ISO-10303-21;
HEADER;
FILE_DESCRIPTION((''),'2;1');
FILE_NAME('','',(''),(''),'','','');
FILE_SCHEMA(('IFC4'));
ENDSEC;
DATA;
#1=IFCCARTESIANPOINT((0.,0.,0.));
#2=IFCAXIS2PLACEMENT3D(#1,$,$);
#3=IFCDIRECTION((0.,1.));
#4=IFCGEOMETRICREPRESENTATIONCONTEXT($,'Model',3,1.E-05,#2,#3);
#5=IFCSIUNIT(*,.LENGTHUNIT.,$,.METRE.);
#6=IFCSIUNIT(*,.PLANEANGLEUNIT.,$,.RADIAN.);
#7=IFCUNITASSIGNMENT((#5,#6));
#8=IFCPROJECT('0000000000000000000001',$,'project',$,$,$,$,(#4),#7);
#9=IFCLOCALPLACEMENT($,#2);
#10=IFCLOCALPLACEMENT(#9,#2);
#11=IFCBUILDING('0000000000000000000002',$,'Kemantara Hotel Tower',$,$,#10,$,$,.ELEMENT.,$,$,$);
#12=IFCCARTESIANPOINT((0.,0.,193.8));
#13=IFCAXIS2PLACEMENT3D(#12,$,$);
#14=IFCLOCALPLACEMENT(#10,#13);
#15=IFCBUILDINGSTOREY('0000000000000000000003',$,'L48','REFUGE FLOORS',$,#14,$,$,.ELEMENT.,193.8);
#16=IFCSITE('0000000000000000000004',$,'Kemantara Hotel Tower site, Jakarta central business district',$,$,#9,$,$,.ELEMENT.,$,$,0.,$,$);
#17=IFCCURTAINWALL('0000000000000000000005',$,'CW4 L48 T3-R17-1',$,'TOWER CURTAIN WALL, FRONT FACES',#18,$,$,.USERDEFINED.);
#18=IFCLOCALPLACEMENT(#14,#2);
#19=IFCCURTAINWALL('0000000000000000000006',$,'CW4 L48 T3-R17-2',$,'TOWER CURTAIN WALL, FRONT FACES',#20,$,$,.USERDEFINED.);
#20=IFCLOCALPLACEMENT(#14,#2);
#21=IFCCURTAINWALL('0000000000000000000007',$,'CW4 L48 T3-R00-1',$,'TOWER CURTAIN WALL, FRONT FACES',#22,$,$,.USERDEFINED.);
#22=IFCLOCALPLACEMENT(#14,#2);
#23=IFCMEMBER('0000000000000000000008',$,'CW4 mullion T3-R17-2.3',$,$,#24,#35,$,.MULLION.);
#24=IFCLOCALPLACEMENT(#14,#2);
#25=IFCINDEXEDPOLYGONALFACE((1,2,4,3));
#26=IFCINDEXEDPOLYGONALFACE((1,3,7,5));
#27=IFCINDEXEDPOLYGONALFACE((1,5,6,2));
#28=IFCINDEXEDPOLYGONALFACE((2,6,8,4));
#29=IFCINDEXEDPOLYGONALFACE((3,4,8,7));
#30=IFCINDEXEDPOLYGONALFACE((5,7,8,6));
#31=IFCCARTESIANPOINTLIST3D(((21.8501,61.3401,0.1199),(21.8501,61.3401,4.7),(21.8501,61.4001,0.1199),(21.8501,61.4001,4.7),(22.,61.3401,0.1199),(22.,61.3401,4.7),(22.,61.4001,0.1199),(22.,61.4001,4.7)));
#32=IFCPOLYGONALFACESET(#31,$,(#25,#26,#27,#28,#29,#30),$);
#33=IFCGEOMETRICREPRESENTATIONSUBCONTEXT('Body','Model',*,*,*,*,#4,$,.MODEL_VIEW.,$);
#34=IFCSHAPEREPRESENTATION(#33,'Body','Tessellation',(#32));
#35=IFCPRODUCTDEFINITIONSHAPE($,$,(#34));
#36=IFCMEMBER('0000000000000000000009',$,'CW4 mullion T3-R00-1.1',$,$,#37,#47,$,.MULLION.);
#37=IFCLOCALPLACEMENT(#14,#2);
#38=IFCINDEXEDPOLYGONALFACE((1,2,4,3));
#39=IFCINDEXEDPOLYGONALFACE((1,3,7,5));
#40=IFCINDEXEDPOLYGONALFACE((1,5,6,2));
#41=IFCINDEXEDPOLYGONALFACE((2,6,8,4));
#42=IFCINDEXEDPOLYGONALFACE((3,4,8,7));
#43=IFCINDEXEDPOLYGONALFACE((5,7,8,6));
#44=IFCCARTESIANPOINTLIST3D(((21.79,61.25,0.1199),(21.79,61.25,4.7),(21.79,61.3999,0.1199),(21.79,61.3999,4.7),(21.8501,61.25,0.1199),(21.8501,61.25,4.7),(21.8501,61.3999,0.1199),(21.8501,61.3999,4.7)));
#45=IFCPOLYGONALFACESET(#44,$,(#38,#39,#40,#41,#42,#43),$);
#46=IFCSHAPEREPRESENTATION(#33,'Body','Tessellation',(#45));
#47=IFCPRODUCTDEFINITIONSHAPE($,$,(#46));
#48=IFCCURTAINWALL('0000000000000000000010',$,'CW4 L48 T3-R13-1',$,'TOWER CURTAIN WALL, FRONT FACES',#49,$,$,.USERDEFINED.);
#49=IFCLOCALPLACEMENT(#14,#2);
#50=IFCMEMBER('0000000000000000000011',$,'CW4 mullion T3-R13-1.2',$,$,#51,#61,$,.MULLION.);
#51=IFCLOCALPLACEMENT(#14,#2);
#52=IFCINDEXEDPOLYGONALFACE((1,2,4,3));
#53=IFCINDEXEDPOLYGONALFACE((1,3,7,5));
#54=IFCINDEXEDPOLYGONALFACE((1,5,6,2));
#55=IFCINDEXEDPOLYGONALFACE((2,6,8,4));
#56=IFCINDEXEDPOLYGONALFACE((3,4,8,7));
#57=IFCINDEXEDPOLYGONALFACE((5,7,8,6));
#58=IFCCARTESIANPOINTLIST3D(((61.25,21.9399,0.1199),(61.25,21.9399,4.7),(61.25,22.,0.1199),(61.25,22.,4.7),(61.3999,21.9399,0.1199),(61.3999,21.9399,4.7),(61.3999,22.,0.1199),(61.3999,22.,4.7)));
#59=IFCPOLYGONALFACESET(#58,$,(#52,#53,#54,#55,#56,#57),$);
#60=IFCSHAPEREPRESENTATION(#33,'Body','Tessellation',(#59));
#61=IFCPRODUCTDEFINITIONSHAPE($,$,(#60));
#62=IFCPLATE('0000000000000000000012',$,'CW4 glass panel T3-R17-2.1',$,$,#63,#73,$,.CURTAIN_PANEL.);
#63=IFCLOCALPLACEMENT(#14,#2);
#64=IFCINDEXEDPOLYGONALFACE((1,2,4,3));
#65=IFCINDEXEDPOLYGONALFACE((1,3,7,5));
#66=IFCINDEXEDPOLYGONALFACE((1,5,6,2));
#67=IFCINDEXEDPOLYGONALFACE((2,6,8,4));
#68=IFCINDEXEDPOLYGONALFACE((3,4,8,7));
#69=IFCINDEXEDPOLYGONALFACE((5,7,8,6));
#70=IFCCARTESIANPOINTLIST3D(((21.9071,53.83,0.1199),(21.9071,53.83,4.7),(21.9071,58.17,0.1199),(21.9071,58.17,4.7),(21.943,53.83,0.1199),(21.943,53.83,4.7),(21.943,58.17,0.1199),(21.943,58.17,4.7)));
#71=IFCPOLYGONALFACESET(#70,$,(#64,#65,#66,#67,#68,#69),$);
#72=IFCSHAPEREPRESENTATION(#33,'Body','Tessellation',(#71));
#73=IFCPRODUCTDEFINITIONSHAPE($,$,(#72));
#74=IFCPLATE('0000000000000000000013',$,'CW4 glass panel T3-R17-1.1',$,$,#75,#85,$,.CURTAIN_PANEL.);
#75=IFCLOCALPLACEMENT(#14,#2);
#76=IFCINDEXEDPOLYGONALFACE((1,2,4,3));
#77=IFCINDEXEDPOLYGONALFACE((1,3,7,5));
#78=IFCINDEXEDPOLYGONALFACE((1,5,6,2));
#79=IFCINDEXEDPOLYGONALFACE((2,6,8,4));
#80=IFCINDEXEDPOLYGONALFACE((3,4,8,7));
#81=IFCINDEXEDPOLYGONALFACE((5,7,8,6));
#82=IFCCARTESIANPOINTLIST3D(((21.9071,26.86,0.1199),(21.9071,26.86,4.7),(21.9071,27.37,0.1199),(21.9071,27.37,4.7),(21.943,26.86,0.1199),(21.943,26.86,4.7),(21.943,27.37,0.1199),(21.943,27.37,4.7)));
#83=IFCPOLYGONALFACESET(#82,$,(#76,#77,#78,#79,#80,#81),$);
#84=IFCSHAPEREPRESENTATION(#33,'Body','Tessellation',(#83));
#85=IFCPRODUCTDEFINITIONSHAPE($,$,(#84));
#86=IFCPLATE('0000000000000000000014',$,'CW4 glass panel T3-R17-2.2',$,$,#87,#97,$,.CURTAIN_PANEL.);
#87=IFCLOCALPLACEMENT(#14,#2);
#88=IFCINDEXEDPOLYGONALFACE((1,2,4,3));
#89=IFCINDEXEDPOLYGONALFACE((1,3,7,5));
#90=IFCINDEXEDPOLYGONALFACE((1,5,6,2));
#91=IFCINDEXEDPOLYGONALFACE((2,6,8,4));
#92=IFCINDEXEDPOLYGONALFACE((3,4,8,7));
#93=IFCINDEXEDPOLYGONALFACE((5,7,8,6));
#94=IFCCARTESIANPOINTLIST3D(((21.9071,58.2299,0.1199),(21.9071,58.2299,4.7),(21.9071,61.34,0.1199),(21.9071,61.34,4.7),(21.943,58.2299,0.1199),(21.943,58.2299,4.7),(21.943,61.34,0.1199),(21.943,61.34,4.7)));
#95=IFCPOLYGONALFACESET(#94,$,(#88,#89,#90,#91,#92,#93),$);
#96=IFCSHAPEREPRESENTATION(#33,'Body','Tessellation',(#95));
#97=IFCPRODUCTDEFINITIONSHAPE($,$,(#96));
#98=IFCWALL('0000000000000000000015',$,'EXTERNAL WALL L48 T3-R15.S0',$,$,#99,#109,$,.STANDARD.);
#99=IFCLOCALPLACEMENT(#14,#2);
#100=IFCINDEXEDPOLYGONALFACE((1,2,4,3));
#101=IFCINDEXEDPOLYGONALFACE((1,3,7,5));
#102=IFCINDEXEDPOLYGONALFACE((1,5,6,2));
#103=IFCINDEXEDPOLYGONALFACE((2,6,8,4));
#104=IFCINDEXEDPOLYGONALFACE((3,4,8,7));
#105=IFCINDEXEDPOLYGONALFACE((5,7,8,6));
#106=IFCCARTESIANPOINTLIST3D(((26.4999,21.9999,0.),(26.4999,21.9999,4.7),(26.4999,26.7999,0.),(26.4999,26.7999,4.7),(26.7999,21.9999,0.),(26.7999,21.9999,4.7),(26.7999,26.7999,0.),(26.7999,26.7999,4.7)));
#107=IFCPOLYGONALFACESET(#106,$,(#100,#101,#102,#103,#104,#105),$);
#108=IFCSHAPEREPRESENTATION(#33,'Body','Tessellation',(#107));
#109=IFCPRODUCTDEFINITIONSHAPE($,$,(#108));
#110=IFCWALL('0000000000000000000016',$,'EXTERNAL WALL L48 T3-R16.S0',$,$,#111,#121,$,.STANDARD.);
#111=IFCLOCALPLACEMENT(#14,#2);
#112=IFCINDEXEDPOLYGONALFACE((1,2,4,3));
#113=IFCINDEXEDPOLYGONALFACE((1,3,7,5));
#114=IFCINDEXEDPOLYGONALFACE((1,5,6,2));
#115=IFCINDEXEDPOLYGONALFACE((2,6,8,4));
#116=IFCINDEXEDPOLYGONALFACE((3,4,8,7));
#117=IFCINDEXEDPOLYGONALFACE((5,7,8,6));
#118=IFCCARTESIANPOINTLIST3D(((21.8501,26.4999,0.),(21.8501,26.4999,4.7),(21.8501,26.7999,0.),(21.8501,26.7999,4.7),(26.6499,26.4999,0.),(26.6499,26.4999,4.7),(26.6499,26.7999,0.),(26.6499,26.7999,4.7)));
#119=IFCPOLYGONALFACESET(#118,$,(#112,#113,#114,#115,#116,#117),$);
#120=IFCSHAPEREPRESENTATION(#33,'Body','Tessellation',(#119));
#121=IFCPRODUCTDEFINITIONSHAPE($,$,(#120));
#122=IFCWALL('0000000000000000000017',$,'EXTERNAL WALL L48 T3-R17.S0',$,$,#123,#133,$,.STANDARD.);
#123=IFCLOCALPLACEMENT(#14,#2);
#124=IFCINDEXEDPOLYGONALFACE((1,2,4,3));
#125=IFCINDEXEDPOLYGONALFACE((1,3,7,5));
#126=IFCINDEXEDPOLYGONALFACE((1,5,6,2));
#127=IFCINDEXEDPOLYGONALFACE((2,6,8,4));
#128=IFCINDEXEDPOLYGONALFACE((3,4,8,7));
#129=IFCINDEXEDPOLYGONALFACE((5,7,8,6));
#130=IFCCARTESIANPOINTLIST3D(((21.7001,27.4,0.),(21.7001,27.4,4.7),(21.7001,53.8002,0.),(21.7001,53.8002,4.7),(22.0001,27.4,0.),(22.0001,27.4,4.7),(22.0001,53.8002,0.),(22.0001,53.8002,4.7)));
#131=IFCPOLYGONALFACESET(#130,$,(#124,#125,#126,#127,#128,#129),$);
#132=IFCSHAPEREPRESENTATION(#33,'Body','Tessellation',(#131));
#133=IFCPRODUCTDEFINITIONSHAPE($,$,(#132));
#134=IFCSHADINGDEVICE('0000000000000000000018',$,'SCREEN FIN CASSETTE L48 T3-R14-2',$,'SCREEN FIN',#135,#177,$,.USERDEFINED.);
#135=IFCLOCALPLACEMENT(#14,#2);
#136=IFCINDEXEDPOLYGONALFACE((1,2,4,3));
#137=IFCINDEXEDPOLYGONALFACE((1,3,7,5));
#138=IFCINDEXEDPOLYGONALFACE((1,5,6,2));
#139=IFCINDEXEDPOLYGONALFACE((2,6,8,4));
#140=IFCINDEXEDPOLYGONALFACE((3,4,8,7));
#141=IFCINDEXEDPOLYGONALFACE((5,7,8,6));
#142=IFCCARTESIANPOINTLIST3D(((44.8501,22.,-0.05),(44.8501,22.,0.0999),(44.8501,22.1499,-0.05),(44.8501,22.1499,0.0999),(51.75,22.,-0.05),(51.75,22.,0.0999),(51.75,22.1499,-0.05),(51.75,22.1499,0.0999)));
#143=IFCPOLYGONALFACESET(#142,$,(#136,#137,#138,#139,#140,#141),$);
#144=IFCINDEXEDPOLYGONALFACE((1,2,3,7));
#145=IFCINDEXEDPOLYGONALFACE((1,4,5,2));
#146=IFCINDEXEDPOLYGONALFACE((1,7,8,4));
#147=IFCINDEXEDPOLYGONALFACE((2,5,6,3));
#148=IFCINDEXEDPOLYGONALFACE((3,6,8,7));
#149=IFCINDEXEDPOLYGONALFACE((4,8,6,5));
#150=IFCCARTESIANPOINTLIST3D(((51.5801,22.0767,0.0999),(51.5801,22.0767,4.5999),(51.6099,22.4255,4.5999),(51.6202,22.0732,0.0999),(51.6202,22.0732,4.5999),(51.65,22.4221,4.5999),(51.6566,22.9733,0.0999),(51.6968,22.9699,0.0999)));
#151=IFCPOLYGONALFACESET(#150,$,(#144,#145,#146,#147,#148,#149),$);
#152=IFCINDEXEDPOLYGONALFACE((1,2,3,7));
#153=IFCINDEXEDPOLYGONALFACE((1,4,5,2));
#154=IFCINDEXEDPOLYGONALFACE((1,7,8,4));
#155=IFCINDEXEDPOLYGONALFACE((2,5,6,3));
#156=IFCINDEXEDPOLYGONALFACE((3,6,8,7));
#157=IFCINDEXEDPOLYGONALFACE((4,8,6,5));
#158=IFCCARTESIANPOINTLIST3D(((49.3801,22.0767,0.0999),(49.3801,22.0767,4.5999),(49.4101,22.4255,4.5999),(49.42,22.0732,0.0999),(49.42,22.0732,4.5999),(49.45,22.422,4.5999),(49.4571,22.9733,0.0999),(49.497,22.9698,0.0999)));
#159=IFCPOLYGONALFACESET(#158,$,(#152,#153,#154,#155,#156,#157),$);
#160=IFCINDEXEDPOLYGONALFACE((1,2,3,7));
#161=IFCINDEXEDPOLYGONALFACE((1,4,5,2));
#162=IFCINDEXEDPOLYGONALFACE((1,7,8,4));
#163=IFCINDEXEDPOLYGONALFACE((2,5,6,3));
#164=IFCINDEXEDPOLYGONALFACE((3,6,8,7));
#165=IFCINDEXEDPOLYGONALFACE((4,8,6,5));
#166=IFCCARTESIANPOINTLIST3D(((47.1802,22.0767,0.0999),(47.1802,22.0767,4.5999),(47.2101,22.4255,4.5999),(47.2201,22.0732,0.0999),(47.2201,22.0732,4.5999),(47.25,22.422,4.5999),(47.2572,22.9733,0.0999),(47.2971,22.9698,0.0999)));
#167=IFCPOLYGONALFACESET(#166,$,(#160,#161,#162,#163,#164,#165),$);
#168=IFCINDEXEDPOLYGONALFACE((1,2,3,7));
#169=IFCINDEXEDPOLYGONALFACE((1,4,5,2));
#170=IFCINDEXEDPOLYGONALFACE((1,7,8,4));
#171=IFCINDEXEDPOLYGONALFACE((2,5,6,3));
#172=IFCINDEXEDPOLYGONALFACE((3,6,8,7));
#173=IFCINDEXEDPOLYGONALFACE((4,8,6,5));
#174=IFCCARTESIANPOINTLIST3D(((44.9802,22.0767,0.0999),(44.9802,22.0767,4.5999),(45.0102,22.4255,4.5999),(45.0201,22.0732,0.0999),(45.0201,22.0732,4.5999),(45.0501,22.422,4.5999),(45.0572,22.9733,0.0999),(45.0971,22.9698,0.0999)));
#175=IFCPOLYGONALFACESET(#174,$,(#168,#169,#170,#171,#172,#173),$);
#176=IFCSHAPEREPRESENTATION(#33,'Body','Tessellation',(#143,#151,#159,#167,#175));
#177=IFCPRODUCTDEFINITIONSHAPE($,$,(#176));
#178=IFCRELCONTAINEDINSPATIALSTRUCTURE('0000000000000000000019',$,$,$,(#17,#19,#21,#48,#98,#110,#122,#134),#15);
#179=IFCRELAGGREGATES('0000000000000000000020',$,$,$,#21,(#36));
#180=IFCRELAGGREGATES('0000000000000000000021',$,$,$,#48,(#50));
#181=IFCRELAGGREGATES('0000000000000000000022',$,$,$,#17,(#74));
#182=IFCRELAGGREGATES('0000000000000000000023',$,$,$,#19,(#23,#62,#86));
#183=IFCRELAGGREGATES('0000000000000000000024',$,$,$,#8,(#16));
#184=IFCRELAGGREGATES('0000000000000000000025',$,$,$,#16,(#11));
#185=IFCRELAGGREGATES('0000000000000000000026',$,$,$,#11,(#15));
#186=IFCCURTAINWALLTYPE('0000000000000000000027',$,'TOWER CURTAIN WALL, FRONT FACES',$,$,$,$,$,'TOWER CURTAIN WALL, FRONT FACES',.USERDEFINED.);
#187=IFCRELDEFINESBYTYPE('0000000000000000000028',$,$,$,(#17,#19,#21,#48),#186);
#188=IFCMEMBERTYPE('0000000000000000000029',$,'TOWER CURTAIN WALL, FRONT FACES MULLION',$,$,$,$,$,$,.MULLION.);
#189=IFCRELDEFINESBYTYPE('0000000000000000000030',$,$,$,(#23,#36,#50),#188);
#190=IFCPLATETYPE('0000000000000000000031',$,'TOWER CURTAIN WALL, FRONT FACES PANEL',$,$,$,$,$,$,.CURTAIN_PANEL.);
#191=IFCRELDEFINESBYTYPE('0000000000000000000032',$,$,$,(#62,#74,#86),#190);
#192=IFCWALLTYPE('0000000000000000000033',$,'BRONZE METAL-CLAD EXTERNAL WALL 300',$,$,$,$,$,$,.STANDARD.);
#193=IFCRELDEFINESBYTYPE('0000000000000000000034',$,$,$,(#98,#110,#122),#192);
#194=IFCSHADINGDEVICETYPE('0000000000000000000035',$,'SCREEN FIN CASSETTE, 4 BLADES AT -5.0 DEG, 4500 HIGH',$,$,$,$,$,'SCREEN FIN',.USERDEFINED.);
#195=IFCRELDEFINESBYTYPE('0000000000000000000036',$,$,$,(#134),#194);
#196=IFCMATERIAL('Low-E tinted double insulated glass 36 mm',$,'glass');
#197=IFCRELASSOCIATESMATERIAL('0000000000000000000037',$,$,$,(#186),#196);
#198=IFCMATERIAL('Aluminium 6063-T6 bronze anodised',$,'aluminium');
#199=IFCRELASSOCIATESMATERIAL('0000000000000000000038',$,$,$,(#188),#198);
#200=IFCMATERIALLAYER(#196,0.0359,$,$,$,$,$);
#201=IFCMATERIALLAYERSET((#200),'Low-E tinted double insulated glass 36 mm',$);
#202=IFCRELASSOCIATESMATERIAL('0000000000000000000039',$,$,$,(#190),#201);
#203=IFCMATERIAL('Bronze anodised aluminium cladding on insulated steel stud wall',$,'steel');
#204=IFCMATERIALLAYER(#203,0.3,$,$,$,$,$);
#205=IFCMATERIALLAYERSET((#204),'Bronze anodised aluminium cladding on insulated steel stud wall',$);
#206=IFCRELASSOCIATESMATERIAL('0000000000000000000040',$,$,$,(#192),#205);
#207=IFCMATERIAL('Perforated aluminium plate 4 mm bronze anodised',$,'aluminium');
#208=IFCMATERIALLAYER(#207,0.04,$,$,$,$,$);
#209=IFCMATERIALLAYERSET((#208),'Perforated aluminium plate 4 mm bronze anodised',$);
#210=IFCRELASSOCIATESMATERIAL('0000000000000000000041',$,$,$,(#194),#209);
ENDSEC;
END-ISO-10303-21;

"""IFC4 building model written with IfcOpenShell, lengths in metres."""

from ifc_helpers import new_model, si_unit, direction, frame, frame_2d, origin, origin_2d, place, context, subcontext, project, spatial, polyline, rectangle, outline, extrude, source, transform, mapped, material, layer, layer_set, material_profile, profile_set, type_object, element, aggregate, save


model = new_model("IFC4")

# Units and contexts
model_context = context("Model", 3, precision=1e-05, world=origin(), true_north=direction((0.0, 1.0)))
body_context = subcontext(model_context, "Body", "Model", "MODEL_VIEW")
ifc_project = project(units=[si_unit("LENGTHUNIT", "METRE"), si_unit("PLANEANGLEUNIT", "RADIAN")], contexts=[model_context])

# Site, building, storey
site_placement = place(None, origin())
site = spatial("IfcSite", under=ifc_project, at=site_placement, Name="Kemantara Hotel Tower site, Jakarta central business district", CompositionType="ELEMENT", RefElevation=0.0)
building_placement = place(site_placement, origin())
building = spatial("IfcBuilding", under=site, at=building_placement, Name="Kemantara Hotel Tower", CompositionType="ELEMENT")
storey_placement = place(building_placement, frame((0.0, 0.0, 193.8)))
storey = spatial("IfcBuildingStorey", under=building, at=storey_placement, Name="L48", Description="REFUGE FLOORS", CompositionType="ELEMENT", Elevation=193.8)

# Curtain walls
ifc_material_1 = material(Name="Low-E tinted double insulated glass 36 mm", Category="glass")
curtain_wall_type = type_object("IfcCurtainWallType", Name="TOWER CURTAIN WALL, FRONT FACES", ElementType="TOWER CURTAIN WALL, FRONT FACES", PredefinedType="USERDEFINED", material=ifc_material_1)
ifc_material_2 = material(Name="Aluminium 6063-T6 bronze anodised", Category="aluminium")
curtain_wall_1_placement = place(storey_placement, origin())
curtain_wall_1 = element("IfcCurtainWall", 1, at=curtain_wall_1_placement, inside=storey, type_object=curtain_wall_type, Name="CW4 L48 T3-R17-1", ObjectType="TOWER CURTAIN WALL, FRONT FACES", PredefinedType="USERDEFINED")
curtain_wall_2_placement = place(storey_placement, origin())
curtain_wall_2 = element("IfcCurtainWall", 2, at=curtain_wall_2_placement, inside=storey, type_object=curtain_wall_type, Name="CW4 L48 T3-R17-2", ObjectType="TOWER CURTAIN WALL, FRONT FACES", PredefinedType="USERDEFINED")
curtain_wall_3_placement = place(storey_placement, origin())
curtain_wall_3 = element("IfcCurtainWall", 3, at=curtain_wall_3_placement, inside=storey, type_object=curtain_wall_type, Name="CW4 L48 T3-R00-1", ObjectType="TOWER CURTAIN WALL, FRONT FACES", PredefinedType="USERDEFINED")

# Members
ifc_material_profile_1 = material_profile(ifc_material_2, rectangle(XDim=0.1499, YDim=0.0601, at=origin_2d()), Name="TOWER CURTAIN WALL, FRONT FACES MULLION")
ifc_profile_set_1 = profile_set([ifc_material_profile_1], Name="Aluminium 6063-T6 bronze anodised")
member_type_1 = type_object("IfcMemberType", Name="TOWER CURTAIN WALL, FRONT FACES MULLION", PredefinedType="MULLION", material=ifc_profile_set_1)
shared_shape_1 = source(origin(), body_context, "Body", "SweptSolid", [
    extrude(rectangle(XDim=0.1499, YDim=0.0601, at=origin_2d()), origin(), (0.0, 0.0, 1.0), 4.5801),
])
member_1_placement = place(storey_placement, frame((21.925, 61.3701, 0.1199), z_axis=(0.0, 0.0, 1.0), x_axis=(-1.0, 0.0, 0.0)))
member_1 = element("IfcMember", 4, at=member_1_placement, type_object=member_type_1, Name="CW4 mullion T3-R17-2.3", PredefinedType="MULLION", context=body_context, shape_type="MappedRepresentation", body=[
    mapped(shared_shape_1, transform((0.0, 0.0, 0.0))),
])
member_2_placement = place(storey_placement, frame((21.8201, 61.325, 0.1199), z_axis=(0.0, 0.0, 1.0), x_axis=(0.0, -1.0, 0.0)))
member_2 = element("IfcMember", 5, at=member_2_placement, type_object=member_type_1, Name="CW4 mullion T3-R00-1.1", PredefinedType="MULLION", context=body_context, shape_type="MappedRepresentation", body=[
    mapped(shared_shape_1, transform((0.0, 0.0, 0.0))),
])
aggregate(curtain_wall_3, [member_2])

# Curtain wall, member
curtain_wall_4_placement = place(storey_placement, origin())
curtain_wall_4 = element("IfcCurtainWall", 6, at=curtain_wall_4_placement, inside=storey, type_object=curtain_wall_type, Name="CW4 L48 T3-R13-1", ObjectType="TOWER CURTAIN WALL, FRONT FACES", PredefinedType="USERDEFINED")
member_3_placement = place(storey_placement, frame((61.325, 21.97, 0.1199), z_axis=(0.0, 0.0, 1.0), x_axis=(-1.0, 0.0, 0.0)))
member_3 = element("IfcMember", 7, at=member_3_placement, type_object=member_type_1, Name="CW4 mullion T3-R13-1.2", PredefinedType="MULLION", context=body_context, shape_type="MappedRepresentation", body=[
    mapped(shared_shape_1, transform((0.0, 0.0, 0.0))),
])
aggregate(curtain_wall_4, [member_3])

# Plates
ifc_layer_1 = layer(ifc_material_1, 0.0359)
ifc_layer_set_1 = layer_set([ifc_layer_1], Name="Low-E tinted double insulated glass 36 mm")
plate_type = type_object("IfcPlateType", Name="TOWER CURTAIN WALL, FRONT FACES PANEL", PredefinedType="CURTAIN_PANEL", material=ifc_layer_set_1)
shared_shape_2 = source(origin(), body_context, "Body", "SweptSolid", [
    extrude(rectangle(XDim=4.3401, YDim=0.0359, at=origin_2d()), origin(), (0.0, 0.0, 1.0), 4.5801),
])
plate_1_placement = place(storey_placement, frame((21.925, 56.0, 0.1199), z_axis=(0.0, 0.0, 1.0), x_axis=(0.0, 1.0, 0.0)))
plate_1 = element("IfcPlate", 8, at=plate_1_placement, type_object=plate_type, Name="CW4 glass panel T3-R17-2.1", PredefinedType="CURTAIN_PANEL", context=body_context, shape_type="MappedRepresentation", body=[
    mapped(shared_shape_2, transform((0.0, 0.0, 0.0))),
])
shared_shape_3 = source(origin(), body_context, "Body", "SweptSolid", [
    extrude(rectangle(XDim=0.51, YDim=0.0359, at=origin_2d()), origin(), (0.0, 0.0, 1.0), 4.5801),
])
plate_2_placement = place(storey_placement, frame((21.925, 27.115, 0.1199), z_axis=(0.0, 0.0, 1.0), x_axis=(0.0, 1.0, 0.0)))
plate_2 = element("IfcPlate", 9, at=plate_2_placement, type_object=plate_type, Name="CW4 glass panel T3-R17-1.1", PredefinedType="CURTAIN_PANEL", context=body_context, shape_type="MappedRepresentation", body=[
    mapped(shared_shape_3, transform((0.0, 0.0, 0.0))),
])
aggregate(curtain_wall_1, [plate_2])
shared_shape_4 = source(origin(), body_context, "Body", "SweptSolid", [
    extrude(rectangle(XDim=3.1101, YDim=0.0359, at=origin_2d()), origin(), (0.0, 0.0, 1.0), 4.5801),
])
plate_3_placement = place(storey_placement, frame((21.925, 59.7849, 0.1199), z_axis=(0.0, 0.0, 1.0), x_axis=(0.0, 1.0, 0.0)))
plate_3 = element("IfcPlate", 10, at=plate_3_placement, type_object=plate_type, Name="CW4 glass panel T3-R17-2.2", PredefinedType="CURTAIN_PANEL", context=body_context, shape_type="MappedRepresentation", body=[
    mapped(shared_shape_4, transform((0.0, 0.0, 0.0))),
])
aggregate(curtain_wall_2, [member_1, plate_1, plate_3])

# Walls
ifc_material_3 = material(Name="Bronze anodised aluminium cladding on insulated steel stud wall", Category="steel")
ifc_layer_2 = layer(ifc_material_3, 0.3)
ifc_layer_set_2 = layer_set([ifc_layer_2], Name="Bronze anodised aluminium cladding on insulated steel stud wall")
wall_type = type_object("IfcWallType", Name="BRONZE METAL-CLAD EXTERNAL WALL 300", PredefinedType="STANDARD", material=ifc_layer_set_2)
wall_1_placement = place(storey_placement, frame((26.6499, 22.0, 0.0), z_axis=(0.0, 0.0, 1.0), x_axis=(0.0, 1.0, 0.0)))
element("IfcWall", 11, at=wall_1_placement, inside=storey, type_object=wall_type, Name="EXTERNAL WALL L48 T3-R15.S0", PredefinedType="STANDARD", context=body_context, shape_type="SweptSolid", body=[
    extrude(rectangle(XDim=4.8, YDim=0.3, at=frame_2d((2.3999, 0.0))), origin(), (0.0, 0.0, 1.0), 4.7),
])
wall_2_placement = place(storey_placement, frame((26.6499, 26.6499, 0.0), z_axis=(0.0, 0.0, 1.0), x_axis=(-1.0, 0.0, 0.0)))
element("IfcWall", 12, at=wall_2_placement, inside=storey, type_object=wall_type, Name="EXTERNAL WALL L48 T3-R16.S0", PredefinedType="STANDARD", context=body_context, shape_type="SweptSolid", body=[
    extrude(rectangle(XDim=4.7998, YDim=0.3, at=frame_2d((2.3999, 0.0))), origin(), (0.0, 0.0, 1.0), 4.7),
])
wall_3_placement = place(storey_placement, frame((21.8501, 27.3999, 0.0), z_axis=(0.0, 0.0, 1.0), x_axis=(0.0, 1.0, 0.0)))
element("IfcWall", 13, at=wall_3_placement, inside=storey, type_object=wall_type, Name="EXTERNAL WALL L48 T3-R17.S0", PredefinedType="STANDARD", context=body_context, shape_type="SweptSolid", body=[
    extrude(rectangle(XDim=26.4001, YDim=0.3, at=frame_2d((13.2002, 0.0))), origin(), (0.0, 0.0, 1.0), 4.7),
])

# Shading device
ifc_material_4 = material(Name="Perforated aluminium plate 4 mm bronze anodised", Category="aluminium")
ifc_layer_3 = layer(ifc_material_4, 0.04)
ifc_layer_set_3 = layer_set([ifc_layer_3], Name="Perforated aluminium plate 4 mm bronze anodised")
shading_device_type_1 = type_object("IfcShadingDeviceType", Name="SCREEN FIN CASSETTE, 4 BLADES AT -5.0 DEG, 4500 HIGH", ElementType="SCREEN FIN", PredefinedType="USERDEFINED", material=ifc_layer_set_3)
shared_shape_5 = source(origin(), body_context, "Body", "SweptSolid", [
    extrude(rectangle(XDim=6.8999, YDim=0.1499, at=origin_2d()), frame((3.3, -0.075, -0.1499), z_axis=(0.0, 0.0, 1.0), x_axis=(1.0, 0.0, 0.0)), (0.0, 0.0, 1.0), 0.1499),
    extrude(outline(polyline([(0.0, 0.0), (0.8999, 0.0), (0.3501, 4.5), (0.0, 4.5), (0.0, 0.0)])), frame((0.02, -0.0767, 0.0), z_axis=(-0.996376, 0.085056, 0.0), x_axis=(-0.085056, -0.996376, 0.0)), (0.0, 0.0, 1.0), 0.0403),
    extrude(outline(polyline([(0.0, 0.0), (0.8999, 0.0), (0.3501, 4.5), (0.0, 4.5), (0.0, 0.0)])), frame((2.22, -0.0767, 0.0), z_axis=(-0.996332, 0.085575, 0.0), x_axis=(-0.085575, -0.996332, 0.0)), (0.0, 0.0, 1.0), 0.04),
    extrude(outline(polyline([(0.0, 0.0), (0.8999, 0.0), (0.3501, 4.5), (0.0, 4.5), (0.0, 0.0)])), frame((4.4199, -0.0767, 0.0), z_axis=(-0.996332, 0.085575, 0.0), x_axis=(-0.085575, -0.996332, 0.0)), (0.0, 0.0, 1.0), 0.04),
    extrude(outline(polyline([(0.0, 0.0), (0.8999, 0.0), (0.3501, 4.5), (0.0, 4.5), (0.0, 0.0)])), frame((6.6199, -0.0767, 0.0), z_axis=(-0.996332, 0.085575, 0.0), x_axis=(-0.085575, -0.996332, 0.0)), (0.0, 0.0, 1.0), 0.04),
])
for number, where, z_axis, x_axis, name in (
    (14, (51.6001, 22.0, 0.0999), (0.0, 0.0, 1.0), (-1.0, 0.0, 0.0), "SCREEN FIN CASSETTE L48 T3-R14-2"),
):
    element("IfcShadingDevice", number, at=place(storey_placement, frame(where, z_axis=z_axis, x_axis=x_axis)), inside=storey, type_object=shading_device_type_1, Name=name, ObjectType="SCREEN FIN", PredefinedType="USERDEFINED", context=body_context, shape_type="MappedRepresentation", body=[
        mapped(shared_shape_5, transform((0.0, 0.0, 0.0))),
    ])

save(model, "model.ifc")
